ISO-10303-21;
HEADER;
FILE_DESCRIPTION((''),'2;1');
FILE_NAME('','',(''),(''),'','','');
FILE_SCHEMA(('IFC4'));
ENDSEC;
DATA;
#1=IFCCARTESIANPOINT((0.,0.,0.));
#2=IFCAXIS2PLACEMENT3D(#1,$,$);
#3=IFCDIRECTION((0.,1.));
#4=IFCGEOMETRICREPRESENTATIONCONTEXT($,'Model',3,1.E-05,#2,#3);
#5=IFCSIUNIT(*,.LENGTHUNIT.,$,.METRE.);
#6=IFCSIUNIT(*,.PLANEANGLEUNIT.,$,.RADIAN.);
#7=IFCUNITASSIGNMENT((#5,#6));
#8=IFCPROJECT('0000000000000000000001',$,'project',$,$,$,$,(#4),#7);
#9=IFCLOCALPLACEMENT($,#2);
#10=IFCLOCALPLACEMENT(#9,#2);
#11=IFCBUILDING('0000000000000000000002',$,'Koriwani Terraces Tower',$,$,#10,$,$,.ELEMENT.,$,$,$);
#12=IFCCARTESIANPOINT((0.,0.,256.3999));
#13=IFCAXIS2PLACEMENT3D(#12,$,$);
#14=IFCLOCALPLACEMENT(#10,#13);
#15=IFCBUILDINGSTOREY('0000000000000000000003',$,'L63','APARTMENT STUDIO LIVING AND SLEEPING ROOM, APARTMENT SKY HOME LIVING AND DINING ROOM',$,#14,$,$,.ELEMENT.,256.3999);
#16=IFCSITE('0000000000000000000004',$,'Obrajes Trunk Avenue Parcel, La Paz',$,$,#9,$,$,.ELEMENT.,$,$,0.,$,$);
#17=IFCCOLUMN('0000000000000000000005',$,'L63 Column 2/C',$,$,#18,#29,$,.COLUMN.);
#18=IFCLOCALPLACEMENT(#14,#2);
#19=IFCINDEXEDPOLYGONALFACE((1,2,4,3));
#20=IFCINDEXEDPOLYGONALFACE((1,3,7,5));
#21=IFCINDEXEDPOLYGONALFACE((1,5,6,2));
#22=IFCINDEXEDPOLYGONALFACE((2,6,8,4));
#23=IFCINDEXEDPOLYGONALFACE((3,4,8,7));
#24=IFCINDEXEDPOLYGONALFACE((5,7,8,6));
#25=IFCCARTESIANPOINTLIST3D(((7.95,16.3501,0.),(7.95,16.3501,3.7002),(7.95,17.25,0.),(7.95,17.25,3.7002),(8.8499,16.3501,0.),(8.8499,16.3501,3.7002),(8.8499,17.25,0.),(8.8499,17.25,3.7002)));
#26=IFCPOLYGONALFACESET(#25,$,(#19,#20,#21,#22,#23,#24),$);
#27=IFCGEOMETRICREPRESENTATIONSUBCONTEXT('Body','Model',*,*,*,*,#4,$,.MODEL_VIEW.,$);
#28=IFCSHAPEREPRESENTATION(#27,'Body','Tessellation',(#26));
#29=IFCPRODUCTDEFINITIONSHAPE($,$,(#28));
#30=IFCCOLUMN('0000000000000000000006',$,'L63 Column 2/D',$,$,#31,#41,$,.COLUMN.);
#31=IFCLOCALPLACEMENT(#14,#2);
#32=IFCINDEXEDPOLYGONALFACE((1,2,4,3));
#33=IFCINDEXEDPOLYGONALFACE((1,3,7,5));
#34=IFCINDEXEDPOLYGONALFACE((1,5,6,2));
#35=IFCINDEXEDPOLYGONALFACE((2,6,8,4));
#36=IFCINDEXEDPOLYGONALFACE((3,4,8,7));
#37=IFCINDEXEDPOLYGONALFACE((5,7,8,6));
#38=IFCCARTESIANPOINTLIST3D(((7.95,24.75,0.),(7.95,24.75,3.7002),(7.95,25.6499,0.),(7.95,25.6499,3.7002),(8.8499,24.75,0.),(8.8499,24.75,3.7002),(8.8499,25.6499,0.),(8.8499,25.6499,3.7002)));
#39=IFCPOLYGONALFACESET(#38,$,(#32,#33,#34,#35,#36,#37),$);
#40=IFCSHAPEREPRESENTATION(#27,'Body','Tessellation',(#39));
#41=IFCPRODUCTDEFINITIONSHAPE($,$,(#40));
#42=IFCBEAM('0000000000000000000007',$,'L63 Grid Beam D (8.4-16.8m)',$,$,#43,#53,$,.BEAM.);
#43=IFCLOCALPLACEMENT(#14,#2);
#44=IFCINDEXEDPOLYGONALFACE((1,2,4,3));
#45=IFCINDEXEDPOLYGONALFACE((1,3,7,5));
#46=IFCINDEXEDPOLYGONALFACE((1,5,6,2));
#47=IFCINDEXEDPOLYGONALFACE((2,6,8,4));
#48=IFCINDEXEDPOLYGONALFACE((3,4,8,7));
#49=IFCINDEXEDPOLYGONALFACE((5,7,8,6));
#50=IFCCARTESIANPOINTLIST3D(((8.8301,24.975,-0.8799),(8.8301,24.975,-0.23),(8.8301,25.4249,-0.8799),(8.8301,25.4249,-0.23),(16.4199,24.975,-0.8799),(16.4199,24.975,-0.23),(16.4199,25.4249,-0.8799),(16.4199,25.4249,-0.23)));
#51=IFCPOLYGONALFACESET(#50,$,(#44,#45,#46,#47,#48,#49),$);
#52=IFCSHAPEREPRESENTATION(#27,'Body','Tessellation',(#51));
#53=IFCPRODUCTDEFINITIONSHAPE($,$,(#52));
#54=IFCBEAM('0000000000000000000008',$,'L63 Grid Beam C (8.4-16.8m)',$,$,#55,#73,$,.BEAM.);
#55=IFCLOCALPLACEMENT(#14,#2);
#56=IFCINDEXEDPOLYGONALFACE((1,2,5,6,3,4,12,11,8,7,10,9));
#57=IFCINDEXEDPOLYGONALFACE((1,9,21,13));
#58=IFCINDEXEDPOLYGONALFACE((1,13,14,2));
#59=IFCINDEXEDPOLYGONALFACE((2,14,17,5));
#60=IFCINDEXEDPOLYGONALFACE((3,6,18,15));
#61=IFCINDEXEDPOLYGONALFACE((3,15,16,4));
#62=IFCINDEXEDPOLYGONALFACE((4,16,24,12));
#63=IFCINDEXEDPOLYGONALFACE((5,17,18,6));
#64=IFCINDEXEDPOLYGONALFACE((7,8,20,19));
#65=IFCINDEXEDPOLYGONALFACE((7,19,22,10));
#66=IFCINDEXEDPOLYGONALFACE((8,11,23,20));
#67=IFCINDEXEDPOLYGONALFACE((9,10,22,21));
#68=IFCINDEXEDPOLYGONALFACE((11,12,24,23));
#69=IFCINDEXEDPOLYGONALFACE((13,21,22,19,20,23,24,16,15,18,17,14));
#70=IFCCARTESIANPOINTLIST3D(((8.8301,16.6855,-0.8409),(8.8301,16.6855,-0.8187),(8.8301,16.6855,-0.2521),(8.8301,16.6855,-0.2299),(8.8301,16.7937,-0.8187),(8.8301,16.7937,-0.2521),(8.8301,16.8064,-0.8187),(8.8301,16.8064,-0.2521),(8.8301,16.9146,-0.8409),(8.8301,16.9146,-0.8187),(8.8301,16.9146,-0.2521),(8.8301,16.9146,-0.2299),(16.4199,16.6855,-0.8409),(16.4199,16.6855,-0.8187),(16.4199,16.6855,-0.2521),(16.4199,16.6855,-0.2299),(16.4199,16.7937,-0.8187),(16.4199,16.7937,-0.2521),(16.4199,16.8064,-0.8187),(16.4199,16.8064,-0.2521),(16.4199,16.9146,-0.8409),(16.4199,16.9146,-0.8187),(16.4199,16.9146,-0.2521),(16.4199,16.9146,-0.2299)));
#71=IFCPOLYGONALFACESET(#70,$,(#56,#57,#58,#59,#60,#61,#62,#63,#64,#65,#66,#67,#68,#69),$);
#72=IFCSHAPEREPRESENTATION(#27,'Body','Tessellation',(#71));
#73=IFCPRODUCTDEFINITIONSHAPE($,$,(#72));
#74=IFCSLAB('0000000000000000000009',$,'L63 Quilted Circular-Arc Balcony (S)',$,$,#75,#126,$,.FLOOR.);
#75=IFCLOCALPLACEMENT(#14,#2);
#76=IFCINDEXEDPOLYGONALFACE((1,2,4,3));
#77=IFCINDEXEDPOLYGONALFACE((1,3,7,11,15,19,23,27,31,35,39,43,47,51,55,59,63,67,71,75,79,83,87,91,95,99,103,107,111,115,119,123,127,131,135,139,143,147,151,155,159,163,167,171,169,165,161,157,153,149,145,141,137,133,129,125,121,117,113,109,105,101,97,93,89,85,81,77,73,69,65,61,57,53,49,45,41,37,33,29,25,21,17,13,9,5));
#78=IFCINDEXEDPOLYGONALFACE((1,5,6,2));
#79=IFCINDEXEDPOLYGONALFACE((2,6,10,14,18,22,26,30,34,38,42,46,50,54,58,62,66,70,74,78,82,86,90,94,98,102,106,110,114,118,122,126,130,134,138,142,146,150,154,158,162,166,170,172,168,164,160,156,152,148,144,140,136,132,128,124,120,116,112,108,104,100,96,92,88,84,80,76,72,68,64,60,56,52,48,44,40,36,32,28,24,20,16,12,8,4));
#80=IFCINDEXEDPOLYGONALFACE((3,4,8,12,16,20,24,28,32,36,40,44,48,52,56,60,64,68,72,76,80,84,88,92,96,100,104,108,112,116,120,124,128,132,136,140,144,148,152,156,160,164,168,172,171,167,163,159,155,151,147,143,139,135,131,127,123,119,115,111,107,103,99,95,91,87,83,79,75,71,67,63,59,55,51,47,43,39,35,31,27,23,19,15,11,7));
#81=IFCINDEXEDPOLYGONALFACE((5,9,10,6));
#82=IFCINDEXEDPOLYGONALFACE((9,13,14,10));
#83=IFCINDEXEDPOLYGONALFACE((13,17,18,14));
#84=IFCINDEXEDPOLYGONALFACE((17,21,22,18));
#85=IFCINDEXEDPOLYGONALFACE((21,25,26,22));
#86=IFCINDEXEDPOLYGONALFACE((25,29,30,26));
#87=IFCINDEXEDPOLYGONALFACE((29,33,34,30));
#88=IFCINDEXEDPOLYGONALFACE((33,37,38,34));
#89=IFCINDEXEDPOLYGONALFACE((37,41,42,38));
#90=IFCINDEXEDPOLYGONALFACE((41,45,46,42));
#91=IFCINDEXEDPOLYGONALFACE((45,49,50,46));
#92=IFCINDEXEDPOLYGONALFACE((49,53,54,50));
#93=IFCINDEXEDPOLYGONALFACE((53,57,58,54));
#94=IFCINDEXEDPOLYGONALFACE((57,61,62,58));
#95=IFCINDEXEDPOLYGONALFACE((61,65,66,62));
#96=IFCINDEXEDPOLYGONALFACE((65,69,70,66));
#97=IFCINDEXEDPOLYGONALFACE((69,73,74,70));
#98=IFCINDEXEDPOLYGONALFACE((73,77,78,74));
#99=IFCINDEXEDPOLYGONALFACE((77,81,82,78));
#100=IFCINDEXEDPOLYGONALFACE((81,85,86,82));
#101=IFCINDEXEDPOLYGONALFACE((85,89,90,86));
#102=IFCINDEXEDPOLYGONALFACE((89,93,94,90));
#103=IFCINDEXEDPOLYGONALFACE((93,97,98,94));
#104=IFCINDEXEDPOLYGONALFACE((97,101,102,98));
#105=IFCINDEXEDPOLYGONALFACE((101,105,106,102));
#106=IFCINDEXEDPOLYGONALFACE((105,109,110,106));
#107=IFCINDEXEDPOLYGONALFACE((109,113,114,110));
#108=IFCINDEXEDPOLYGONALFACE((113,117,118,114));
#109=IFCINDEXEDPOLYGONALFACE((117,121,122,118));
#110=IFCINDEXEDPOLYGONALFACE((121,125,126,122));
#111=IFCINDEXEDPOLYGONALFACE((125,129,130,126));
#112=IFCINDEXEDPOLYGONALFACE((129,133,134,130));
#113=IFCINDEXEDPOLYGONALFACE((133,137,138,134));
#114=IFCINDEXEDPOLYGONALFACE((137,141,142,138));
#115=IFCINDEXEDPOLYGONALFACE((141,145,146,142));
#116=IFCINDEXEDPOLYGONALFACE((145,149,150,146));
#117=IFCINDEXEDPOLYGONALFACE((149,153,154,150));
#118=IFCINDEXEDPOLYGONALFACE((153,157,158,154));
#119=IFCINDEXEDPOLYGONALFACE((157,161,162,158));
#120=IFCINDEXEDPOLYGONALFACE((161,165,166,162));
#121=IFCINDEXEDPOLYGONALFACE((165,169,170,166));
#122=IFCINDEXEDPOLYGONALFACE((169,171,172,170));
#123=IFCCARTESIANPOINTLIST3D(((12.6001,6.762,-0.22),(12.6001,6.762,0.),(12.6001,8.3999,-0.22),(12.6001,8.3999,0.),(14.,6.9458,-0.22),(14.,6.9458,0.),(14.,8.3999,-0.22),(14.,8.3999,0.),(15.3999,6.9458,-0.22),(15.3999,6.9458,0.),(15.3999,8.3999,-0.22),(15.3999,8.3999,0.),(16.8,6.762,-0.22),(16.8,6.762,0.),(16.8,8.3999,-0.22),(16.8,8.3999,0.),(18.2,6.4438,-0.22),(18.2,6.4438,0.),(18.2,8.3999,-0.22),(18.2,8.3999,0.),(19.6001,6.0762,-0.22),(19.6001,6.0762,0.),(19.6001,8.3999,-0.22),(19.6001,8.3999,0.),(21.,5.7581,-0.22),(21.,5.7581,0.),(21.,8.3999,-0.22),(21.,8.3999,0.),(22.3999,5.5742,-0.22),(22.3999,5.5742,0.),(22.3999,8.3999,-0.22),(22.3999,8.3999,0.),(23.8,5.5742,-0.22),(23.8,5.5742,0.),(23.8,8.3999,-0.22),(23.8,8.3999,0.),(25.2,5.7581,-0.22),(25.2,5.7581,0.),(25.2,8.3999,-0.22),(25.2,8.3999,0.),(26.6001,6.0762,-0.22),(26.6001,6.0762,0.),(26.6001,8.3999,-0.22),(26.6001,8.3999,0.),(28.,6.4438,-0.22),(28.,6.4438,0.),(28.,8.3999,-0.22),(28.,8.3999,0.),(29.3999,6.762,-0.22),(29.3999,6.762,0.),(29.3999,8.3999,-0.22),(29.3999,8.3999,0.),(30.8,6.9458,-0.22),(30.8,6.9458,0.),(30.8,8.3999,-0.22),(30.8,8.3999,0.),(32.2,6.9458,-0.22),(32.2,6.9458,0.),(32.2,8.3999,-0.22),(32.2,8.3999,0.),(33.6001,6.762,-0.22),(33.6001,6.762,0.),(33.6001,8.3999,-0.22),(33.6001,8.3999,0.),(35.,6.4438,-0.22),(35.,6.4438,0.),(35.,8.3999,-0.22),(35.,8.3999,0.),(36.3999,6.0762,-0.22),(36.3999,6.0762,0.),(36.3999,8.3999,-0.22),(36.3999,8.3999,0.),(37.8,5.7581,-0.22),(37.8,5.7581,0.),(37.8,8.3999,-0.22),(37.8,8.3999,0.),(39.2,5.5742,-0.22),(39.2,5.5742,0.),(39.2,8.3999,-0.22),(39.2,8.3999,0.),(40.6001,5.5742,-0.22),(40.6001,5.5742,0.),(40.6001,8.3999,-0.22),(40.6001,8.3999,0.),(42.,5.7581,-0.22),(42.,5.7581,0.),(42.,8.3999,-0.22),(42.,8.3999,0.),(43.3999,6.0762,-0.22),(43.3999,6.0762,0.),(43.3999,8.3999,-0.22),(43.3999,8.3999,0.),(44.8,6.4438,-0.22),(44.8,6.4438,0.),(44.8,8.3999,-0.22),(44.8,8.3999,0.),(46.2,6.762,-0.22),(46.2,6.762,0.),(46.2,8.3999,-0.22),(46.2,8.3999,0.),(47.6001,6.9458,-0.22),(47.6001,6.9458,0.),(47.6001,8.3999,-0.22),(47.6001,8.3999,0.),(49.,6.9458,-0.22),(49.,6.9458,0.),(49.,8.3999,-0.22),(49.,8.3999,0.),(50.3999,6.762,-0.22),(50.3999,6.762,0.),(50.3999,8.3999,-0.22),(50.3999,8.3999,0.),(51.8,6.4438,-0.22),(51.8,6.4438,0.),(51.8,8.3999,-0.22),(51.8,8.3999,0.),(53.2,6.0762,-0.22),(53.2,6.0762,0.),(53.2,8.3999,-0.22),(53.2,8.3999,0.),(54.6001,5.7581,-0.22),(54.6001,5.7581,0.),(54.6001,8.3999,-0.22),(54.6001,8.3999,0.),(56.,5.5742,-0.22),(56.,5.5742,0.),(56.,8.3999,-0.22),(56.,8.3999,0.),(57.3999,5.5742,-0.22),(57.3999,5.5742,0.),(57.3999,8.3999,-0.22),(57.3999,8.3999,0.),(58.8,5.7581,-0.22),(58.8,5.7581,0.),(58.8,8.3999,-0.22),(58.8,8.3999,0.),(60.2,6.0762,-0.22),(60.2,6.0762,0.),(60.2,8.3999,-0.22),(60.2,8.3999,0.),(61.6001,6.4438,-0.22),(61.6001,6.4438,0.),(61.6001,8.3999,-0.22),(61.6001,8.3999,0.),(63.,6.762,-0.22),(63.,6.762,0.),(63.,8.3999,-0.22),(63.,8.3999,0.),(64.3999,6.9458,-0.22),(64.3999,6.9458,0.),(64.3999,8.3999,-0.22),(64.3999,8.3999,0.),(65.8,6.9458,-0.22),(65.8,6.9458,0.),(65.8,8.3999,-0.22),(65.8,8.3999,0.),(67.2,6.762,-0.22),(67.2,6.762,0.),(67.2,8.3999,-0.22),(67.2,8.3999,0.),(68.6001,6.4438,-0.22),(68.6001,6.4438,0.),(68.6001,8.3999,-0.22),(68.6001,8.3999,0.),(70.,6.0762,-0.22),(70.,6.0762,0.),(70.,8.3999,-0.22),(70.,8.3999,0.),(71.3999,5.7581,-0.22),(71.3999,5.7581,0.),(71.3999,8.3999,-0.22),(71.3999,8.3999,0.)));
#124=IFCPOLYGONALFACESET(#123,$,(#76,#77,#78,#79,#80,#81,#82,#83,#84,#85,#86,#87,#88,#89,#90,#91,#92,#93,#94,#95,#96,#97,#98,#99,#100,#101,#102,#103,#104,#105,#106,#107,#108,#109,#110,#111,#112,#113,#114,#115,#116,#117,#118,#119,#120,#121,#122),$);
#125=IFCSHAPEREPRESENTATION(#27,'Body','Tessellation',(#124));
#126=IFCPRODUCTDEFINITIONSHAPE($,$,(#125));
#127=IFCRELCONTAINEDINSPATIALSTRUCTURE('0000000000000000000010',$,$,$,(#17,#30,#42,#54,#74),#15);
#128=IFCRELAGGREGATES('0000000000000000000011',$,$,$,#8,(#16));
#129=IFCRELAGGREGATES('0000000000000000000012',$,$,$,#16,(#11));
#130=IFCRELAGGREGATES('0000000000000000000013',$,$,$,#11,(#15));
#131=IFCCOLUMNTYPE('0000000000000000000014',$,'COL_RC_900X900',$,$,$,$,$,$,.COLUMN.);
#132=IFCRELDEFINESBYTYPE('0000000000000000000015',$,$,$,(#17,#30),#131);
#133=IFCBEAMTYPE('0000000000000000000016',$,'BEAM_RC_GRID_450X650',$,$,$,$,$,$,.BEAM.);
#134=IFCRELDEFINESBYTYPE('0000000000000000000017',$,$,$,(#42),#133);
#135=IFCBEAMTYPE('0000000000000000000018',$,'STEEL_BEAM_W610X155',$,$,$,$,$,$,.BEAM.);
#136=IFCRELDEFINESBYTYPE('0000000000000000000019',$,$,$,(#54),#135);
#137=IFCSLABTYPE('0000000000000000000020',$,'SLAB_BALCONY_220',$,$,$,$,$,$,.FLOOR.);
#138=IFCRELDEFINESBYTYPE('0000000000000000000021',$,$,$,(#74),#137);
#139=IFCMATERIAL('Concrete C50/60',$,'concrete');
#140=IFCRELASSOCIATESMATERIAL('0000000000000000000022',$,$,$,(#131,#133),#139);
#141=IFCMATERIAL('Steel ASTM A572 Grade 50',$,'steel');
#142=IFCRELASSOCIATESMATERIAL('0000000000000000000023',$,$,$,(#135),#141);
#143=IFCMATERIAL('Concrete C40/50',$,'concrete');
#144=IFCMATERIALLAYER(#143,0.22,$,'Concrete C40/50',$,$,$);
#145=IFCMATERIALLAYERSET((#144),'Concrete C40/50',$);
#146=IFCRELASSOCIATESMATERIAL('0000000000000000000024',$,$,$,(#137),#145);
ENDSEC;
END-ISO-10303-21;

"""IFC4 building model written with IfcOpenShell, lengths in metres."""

from ifc_helpers import new_model, si_unit, direction, frame, origin, origin_2d, place, context, subcontext, project, spatial, polyline, rectangle, i_section, outline, extrude, material, layer, layer_set, material_profile, profile_set, type_object, element, save


model = new_model("IFC4")

# Units and contexts
model_context = context("Model", 3, precision=1e-05, world=origin(), true_north=direction((0.0, 1.0)))
body_context = subcontext(model_context, "Body", "Model", "MODEL_VIEW")
ifc_project = project(units=[si_unit("LENGTHUNIT", "METRE"), si_unit("PLANEANGLEUNIT", "RADIAN")], contexts=[model_context])

# Site, building, storey
site_placement = place(None, origin())
site = spatial("IfcSite", under=ifc_project, at=site_placement, Name="Obrajes Trunk Avenue Parcel, La Paz", CompositionType="ELEMENT", RefElevation=0.0)
building_placement = place(site_placement, origin())
building = spatial("IfcBuilding", under=site, at=building_placement, Name="Koriwani Terraces Tower", CompositionType="ELEMENT")
storey_placement = place(building_placement, frame((0.0, 0.0, 256.3999)))
storey = spatial("IfcBuildingStorey", under=building, at=storey_placement, Name="L63", Description="APARTMENT STUDIO LIVING AND SLEEPING ROOM, APARTMENT SKY HOME LIVING AND DINING ROOM", CompositionType="ELEMENT", Elevation=256.3999)

# Columns
ifc_material_1 = material(Name="Concrete C50/60", Category="concrete")
ifc_material_profile_1 = material_profile(ifc_material_1, rectangle(XDim=0.8999, YDim=0.8999, at=origin_2d()), Name="Concrete C50/60", Category="LoadBearing")
ifc_profile_set_1 = profile_set([ifc_material_profile_1], Name="Concrete C50/60")
column_type = type_object("IfcColumnType", Name="COL_RC_900X900", PredefinedType="COLUMN", material=ifc_profile_set_1)
for number, where, z_axis, x_axis, name in (
    (1, (8.3999, 16.8, 0.0), (0.0, 0.0, 1.0), (1.0, 0.0, 0.0), "L63 Column 2/C"),
    (2, (8.3999, 25.2, 0.0), (0.0, 0.0, 1.0), (1.0, 0.0, 0.0), "L63 Column 2/D"),
):
    element("IfcColumn", number, at=place(storey_placement, frame(where, z_axis=z_axis, x_axis=x_axis)), inside=storey, type_object=column_type, Name=name, PredefinedType="COLUMN", context=body_context, shape_type="SweptSolid", body=[
        extrude(rectangle(XDim=0.8999, YDim=0.8999, at=origin_2d()), origin(), (0.0, 0.0, 1.0), 3.7002),
    ])

# Beams
ifc_material_profile_2 = material_profile(ifc_material_1, rectangle(XDim=0.45, YDim=0.6499, at=origin_2d()), Name="Concrete C50/60", Category="LoadBearing")
ifc_profile_set_2 = profile_set([ifc_material_profile_2], Name="Concrete C50/60")
beam_type_1 = type_object("IfcBeamType", Name="BEAM_RC_GRID_450X650", PredefinedType="BEAM", material=ifc_profile_set_2)
beam_1_placement = place(storey_placement, frame((8.8301, 25.2, -0.5549), z_axis=(1.0, 0.0, 0.0), x_axis=(0.0, 1.0, 0.0)))
element("IfcBeam", 3, at=beam_1_placement, inside=storey, type_object=beam_type_1, Name="L63 Grid Beam D (8.4-16.8m)", PredefinedType="BEAM", context=body_context, shape_type="SweptSolid", body=[
    extrude(rectangle(XDim=0.45, YDim=0.6499, at=origin_2d()), origin(), (0.0, 0.0, 1.0), 7.5898),
])
ifc_material_2 = material(Name="Steel ASTM A572 Grade 50", Category="steel")
ifc_material_profile_3 = material_profile(ifc_material_2, i_section(OverallWidth=0.229, OverallDepth=0.6111, WebThickness=0.0127, FlangeThickness=0.0222, at=origin_2d()), Name="Steel ASTM A572 Grade 50", Category="LoadBearing")
ifc_profile_set_3 = profile_set([ifc_material_profile_3], Name="Steel ASTM A572 Grade 50")
beam_type_2 = type_object("IfcBeamType", Name="STEEL_BEAM_W610X155", PredefinedType="BEAM", material=ifc_profile_set_3)
beam_2_placement = place(storey_placement, frame((8.8301, 16.8, -0.5354), z_axis=(1.0, 0.0, 0.0), x_axis=(0.0, 1.0, 0.0)))
element("IfcBeam", 4, at=beam_2_placement, inside=storey, type_object=beam_type_2, Name="L63 Grid Beam C (8.4-16.8m)", PredefinedType="BEAM", context=body_context, shape_type="SweptSolid", body=[
    extrude(i_section(OverallWidth=0.229, OverallDepth=0.6111, WebThickness=0.0127, FlangeThickness=0.0222, at=origin_2d()), origin(), (0.0, 0.0, 1.0), 7.5898),
])

# Slab
ifc_material_3 = material(Name="Concrete C40/50", Category="concrete")
ifc_layer_1 = layer(ifc_material_3, 0.22, Name="Concrete C40/50")
ifc_layer_set_1 = layer_set([ifc_layer_1], Name="Concrete C40/50")
slab_type_1 = type_object("IfcSlabType", Name="SLAB_BALCONY_220", PredefinedType="FLOOR", material=ifc_layer_set_1)
slab_1_placement = place(storey_placement, frame((0.0, 0.0, -0.22)))
element("IfcSlab", 5, at=slab_1_placement, inside=storey, type_object=slab_type_1, Name="L63 Quilted Circular-Arc Balcony (S)", PredefinedType="FLOOR", context=body_context, shape_type="SweptSolid", body=[
    extrude(outline(polyline([(12.6001, 8.3999), (14.0, 8.3999), (15.3999, 8.3999), (16.8, 8.3999), (18.2, 8.3999), (19.6001, 8.3999), (21.0, 8.3999), (22.3999, 8.3999), (23.8, 8.3999), (25.2, 8.3999), (26.6001, 8.3999), (28.0, 8.3999), (29.3999, 8.3999), (30.8, 8.3999), (32.2, 8.3999), (33.6001, 8.3999), (35.0, 8.3999), (36.3999, 8.3999), (37.8, 8.3999), (39.2, 8.3999), (40.6001, 8.3999), (42.0, 8.3999), (43.3999, 8.3999), (44.8, 8.3999), (46.2, 8.3999), (47.6001, 8.3999), (49.0, 8.3999), (50.3999, 8.3999), (51.8, 8.3999), (53.2, 8.3999), (54.6001, 8.3999), (56.0, 8.3999), (57.3999, 8.3999), (58.8, 8.3999), (60.2, 8.3999), (61.6001, 8.3999), (63.0, 8.3999), (64.3999, 8.3999), (65.8, 8.3999), (67.2, 8.3999), (68.6001, 8.3999), (70.0, 8.3999), (71.3999, 8.3999), (71.3999, 5.7581), (70.0, 6.0762), (68.6001, 6.4438), (67.2, 6.762), (65.8, 6.9458), (64.3999, 6.9458), (63.0, 6.762), (61.6001, 6.4438), (60.2, 6.0762), (58.8, 5.7581), (57.3999, 5.5742), (56.0, 5.5742), (54.6001, 5.7581), (53.2, 6.0762), (51.8, 6.4438), (50.3999, 6.762), (49.0, 6.9458), (47.6001, 6.9458), (46.2, 6.762), (44.8, 6.4438), (43.3999, 6.0762), (42.0, 5.7581), (40.6001, 5.5742), (39.2, 5.5742), (37.8, 5.7581), (36.3999, 6.0762), (35.0, 6.4438), (33.6001, 6.762), (32.2, 6.9458), (30.8, 6.9458), (29.3999, 6.762), (28.0, 6.4438), (26.6001, 6.0762), (25.2, 5.7581), (23.8, 5.5742), (22.3999, 5.5742), (21.0, 5.7581), (19.6001, 6.0762), (18.2, 6.4438), (16.8, 6.762), (15.3999, 6.9458), (14.0, 6.9458), (12.6001, 6.762), (12.6001, 8.3999)])), origin(), (0.0, 0.0, 1.0), 0.22),
])

save(model, "model.ifc")
